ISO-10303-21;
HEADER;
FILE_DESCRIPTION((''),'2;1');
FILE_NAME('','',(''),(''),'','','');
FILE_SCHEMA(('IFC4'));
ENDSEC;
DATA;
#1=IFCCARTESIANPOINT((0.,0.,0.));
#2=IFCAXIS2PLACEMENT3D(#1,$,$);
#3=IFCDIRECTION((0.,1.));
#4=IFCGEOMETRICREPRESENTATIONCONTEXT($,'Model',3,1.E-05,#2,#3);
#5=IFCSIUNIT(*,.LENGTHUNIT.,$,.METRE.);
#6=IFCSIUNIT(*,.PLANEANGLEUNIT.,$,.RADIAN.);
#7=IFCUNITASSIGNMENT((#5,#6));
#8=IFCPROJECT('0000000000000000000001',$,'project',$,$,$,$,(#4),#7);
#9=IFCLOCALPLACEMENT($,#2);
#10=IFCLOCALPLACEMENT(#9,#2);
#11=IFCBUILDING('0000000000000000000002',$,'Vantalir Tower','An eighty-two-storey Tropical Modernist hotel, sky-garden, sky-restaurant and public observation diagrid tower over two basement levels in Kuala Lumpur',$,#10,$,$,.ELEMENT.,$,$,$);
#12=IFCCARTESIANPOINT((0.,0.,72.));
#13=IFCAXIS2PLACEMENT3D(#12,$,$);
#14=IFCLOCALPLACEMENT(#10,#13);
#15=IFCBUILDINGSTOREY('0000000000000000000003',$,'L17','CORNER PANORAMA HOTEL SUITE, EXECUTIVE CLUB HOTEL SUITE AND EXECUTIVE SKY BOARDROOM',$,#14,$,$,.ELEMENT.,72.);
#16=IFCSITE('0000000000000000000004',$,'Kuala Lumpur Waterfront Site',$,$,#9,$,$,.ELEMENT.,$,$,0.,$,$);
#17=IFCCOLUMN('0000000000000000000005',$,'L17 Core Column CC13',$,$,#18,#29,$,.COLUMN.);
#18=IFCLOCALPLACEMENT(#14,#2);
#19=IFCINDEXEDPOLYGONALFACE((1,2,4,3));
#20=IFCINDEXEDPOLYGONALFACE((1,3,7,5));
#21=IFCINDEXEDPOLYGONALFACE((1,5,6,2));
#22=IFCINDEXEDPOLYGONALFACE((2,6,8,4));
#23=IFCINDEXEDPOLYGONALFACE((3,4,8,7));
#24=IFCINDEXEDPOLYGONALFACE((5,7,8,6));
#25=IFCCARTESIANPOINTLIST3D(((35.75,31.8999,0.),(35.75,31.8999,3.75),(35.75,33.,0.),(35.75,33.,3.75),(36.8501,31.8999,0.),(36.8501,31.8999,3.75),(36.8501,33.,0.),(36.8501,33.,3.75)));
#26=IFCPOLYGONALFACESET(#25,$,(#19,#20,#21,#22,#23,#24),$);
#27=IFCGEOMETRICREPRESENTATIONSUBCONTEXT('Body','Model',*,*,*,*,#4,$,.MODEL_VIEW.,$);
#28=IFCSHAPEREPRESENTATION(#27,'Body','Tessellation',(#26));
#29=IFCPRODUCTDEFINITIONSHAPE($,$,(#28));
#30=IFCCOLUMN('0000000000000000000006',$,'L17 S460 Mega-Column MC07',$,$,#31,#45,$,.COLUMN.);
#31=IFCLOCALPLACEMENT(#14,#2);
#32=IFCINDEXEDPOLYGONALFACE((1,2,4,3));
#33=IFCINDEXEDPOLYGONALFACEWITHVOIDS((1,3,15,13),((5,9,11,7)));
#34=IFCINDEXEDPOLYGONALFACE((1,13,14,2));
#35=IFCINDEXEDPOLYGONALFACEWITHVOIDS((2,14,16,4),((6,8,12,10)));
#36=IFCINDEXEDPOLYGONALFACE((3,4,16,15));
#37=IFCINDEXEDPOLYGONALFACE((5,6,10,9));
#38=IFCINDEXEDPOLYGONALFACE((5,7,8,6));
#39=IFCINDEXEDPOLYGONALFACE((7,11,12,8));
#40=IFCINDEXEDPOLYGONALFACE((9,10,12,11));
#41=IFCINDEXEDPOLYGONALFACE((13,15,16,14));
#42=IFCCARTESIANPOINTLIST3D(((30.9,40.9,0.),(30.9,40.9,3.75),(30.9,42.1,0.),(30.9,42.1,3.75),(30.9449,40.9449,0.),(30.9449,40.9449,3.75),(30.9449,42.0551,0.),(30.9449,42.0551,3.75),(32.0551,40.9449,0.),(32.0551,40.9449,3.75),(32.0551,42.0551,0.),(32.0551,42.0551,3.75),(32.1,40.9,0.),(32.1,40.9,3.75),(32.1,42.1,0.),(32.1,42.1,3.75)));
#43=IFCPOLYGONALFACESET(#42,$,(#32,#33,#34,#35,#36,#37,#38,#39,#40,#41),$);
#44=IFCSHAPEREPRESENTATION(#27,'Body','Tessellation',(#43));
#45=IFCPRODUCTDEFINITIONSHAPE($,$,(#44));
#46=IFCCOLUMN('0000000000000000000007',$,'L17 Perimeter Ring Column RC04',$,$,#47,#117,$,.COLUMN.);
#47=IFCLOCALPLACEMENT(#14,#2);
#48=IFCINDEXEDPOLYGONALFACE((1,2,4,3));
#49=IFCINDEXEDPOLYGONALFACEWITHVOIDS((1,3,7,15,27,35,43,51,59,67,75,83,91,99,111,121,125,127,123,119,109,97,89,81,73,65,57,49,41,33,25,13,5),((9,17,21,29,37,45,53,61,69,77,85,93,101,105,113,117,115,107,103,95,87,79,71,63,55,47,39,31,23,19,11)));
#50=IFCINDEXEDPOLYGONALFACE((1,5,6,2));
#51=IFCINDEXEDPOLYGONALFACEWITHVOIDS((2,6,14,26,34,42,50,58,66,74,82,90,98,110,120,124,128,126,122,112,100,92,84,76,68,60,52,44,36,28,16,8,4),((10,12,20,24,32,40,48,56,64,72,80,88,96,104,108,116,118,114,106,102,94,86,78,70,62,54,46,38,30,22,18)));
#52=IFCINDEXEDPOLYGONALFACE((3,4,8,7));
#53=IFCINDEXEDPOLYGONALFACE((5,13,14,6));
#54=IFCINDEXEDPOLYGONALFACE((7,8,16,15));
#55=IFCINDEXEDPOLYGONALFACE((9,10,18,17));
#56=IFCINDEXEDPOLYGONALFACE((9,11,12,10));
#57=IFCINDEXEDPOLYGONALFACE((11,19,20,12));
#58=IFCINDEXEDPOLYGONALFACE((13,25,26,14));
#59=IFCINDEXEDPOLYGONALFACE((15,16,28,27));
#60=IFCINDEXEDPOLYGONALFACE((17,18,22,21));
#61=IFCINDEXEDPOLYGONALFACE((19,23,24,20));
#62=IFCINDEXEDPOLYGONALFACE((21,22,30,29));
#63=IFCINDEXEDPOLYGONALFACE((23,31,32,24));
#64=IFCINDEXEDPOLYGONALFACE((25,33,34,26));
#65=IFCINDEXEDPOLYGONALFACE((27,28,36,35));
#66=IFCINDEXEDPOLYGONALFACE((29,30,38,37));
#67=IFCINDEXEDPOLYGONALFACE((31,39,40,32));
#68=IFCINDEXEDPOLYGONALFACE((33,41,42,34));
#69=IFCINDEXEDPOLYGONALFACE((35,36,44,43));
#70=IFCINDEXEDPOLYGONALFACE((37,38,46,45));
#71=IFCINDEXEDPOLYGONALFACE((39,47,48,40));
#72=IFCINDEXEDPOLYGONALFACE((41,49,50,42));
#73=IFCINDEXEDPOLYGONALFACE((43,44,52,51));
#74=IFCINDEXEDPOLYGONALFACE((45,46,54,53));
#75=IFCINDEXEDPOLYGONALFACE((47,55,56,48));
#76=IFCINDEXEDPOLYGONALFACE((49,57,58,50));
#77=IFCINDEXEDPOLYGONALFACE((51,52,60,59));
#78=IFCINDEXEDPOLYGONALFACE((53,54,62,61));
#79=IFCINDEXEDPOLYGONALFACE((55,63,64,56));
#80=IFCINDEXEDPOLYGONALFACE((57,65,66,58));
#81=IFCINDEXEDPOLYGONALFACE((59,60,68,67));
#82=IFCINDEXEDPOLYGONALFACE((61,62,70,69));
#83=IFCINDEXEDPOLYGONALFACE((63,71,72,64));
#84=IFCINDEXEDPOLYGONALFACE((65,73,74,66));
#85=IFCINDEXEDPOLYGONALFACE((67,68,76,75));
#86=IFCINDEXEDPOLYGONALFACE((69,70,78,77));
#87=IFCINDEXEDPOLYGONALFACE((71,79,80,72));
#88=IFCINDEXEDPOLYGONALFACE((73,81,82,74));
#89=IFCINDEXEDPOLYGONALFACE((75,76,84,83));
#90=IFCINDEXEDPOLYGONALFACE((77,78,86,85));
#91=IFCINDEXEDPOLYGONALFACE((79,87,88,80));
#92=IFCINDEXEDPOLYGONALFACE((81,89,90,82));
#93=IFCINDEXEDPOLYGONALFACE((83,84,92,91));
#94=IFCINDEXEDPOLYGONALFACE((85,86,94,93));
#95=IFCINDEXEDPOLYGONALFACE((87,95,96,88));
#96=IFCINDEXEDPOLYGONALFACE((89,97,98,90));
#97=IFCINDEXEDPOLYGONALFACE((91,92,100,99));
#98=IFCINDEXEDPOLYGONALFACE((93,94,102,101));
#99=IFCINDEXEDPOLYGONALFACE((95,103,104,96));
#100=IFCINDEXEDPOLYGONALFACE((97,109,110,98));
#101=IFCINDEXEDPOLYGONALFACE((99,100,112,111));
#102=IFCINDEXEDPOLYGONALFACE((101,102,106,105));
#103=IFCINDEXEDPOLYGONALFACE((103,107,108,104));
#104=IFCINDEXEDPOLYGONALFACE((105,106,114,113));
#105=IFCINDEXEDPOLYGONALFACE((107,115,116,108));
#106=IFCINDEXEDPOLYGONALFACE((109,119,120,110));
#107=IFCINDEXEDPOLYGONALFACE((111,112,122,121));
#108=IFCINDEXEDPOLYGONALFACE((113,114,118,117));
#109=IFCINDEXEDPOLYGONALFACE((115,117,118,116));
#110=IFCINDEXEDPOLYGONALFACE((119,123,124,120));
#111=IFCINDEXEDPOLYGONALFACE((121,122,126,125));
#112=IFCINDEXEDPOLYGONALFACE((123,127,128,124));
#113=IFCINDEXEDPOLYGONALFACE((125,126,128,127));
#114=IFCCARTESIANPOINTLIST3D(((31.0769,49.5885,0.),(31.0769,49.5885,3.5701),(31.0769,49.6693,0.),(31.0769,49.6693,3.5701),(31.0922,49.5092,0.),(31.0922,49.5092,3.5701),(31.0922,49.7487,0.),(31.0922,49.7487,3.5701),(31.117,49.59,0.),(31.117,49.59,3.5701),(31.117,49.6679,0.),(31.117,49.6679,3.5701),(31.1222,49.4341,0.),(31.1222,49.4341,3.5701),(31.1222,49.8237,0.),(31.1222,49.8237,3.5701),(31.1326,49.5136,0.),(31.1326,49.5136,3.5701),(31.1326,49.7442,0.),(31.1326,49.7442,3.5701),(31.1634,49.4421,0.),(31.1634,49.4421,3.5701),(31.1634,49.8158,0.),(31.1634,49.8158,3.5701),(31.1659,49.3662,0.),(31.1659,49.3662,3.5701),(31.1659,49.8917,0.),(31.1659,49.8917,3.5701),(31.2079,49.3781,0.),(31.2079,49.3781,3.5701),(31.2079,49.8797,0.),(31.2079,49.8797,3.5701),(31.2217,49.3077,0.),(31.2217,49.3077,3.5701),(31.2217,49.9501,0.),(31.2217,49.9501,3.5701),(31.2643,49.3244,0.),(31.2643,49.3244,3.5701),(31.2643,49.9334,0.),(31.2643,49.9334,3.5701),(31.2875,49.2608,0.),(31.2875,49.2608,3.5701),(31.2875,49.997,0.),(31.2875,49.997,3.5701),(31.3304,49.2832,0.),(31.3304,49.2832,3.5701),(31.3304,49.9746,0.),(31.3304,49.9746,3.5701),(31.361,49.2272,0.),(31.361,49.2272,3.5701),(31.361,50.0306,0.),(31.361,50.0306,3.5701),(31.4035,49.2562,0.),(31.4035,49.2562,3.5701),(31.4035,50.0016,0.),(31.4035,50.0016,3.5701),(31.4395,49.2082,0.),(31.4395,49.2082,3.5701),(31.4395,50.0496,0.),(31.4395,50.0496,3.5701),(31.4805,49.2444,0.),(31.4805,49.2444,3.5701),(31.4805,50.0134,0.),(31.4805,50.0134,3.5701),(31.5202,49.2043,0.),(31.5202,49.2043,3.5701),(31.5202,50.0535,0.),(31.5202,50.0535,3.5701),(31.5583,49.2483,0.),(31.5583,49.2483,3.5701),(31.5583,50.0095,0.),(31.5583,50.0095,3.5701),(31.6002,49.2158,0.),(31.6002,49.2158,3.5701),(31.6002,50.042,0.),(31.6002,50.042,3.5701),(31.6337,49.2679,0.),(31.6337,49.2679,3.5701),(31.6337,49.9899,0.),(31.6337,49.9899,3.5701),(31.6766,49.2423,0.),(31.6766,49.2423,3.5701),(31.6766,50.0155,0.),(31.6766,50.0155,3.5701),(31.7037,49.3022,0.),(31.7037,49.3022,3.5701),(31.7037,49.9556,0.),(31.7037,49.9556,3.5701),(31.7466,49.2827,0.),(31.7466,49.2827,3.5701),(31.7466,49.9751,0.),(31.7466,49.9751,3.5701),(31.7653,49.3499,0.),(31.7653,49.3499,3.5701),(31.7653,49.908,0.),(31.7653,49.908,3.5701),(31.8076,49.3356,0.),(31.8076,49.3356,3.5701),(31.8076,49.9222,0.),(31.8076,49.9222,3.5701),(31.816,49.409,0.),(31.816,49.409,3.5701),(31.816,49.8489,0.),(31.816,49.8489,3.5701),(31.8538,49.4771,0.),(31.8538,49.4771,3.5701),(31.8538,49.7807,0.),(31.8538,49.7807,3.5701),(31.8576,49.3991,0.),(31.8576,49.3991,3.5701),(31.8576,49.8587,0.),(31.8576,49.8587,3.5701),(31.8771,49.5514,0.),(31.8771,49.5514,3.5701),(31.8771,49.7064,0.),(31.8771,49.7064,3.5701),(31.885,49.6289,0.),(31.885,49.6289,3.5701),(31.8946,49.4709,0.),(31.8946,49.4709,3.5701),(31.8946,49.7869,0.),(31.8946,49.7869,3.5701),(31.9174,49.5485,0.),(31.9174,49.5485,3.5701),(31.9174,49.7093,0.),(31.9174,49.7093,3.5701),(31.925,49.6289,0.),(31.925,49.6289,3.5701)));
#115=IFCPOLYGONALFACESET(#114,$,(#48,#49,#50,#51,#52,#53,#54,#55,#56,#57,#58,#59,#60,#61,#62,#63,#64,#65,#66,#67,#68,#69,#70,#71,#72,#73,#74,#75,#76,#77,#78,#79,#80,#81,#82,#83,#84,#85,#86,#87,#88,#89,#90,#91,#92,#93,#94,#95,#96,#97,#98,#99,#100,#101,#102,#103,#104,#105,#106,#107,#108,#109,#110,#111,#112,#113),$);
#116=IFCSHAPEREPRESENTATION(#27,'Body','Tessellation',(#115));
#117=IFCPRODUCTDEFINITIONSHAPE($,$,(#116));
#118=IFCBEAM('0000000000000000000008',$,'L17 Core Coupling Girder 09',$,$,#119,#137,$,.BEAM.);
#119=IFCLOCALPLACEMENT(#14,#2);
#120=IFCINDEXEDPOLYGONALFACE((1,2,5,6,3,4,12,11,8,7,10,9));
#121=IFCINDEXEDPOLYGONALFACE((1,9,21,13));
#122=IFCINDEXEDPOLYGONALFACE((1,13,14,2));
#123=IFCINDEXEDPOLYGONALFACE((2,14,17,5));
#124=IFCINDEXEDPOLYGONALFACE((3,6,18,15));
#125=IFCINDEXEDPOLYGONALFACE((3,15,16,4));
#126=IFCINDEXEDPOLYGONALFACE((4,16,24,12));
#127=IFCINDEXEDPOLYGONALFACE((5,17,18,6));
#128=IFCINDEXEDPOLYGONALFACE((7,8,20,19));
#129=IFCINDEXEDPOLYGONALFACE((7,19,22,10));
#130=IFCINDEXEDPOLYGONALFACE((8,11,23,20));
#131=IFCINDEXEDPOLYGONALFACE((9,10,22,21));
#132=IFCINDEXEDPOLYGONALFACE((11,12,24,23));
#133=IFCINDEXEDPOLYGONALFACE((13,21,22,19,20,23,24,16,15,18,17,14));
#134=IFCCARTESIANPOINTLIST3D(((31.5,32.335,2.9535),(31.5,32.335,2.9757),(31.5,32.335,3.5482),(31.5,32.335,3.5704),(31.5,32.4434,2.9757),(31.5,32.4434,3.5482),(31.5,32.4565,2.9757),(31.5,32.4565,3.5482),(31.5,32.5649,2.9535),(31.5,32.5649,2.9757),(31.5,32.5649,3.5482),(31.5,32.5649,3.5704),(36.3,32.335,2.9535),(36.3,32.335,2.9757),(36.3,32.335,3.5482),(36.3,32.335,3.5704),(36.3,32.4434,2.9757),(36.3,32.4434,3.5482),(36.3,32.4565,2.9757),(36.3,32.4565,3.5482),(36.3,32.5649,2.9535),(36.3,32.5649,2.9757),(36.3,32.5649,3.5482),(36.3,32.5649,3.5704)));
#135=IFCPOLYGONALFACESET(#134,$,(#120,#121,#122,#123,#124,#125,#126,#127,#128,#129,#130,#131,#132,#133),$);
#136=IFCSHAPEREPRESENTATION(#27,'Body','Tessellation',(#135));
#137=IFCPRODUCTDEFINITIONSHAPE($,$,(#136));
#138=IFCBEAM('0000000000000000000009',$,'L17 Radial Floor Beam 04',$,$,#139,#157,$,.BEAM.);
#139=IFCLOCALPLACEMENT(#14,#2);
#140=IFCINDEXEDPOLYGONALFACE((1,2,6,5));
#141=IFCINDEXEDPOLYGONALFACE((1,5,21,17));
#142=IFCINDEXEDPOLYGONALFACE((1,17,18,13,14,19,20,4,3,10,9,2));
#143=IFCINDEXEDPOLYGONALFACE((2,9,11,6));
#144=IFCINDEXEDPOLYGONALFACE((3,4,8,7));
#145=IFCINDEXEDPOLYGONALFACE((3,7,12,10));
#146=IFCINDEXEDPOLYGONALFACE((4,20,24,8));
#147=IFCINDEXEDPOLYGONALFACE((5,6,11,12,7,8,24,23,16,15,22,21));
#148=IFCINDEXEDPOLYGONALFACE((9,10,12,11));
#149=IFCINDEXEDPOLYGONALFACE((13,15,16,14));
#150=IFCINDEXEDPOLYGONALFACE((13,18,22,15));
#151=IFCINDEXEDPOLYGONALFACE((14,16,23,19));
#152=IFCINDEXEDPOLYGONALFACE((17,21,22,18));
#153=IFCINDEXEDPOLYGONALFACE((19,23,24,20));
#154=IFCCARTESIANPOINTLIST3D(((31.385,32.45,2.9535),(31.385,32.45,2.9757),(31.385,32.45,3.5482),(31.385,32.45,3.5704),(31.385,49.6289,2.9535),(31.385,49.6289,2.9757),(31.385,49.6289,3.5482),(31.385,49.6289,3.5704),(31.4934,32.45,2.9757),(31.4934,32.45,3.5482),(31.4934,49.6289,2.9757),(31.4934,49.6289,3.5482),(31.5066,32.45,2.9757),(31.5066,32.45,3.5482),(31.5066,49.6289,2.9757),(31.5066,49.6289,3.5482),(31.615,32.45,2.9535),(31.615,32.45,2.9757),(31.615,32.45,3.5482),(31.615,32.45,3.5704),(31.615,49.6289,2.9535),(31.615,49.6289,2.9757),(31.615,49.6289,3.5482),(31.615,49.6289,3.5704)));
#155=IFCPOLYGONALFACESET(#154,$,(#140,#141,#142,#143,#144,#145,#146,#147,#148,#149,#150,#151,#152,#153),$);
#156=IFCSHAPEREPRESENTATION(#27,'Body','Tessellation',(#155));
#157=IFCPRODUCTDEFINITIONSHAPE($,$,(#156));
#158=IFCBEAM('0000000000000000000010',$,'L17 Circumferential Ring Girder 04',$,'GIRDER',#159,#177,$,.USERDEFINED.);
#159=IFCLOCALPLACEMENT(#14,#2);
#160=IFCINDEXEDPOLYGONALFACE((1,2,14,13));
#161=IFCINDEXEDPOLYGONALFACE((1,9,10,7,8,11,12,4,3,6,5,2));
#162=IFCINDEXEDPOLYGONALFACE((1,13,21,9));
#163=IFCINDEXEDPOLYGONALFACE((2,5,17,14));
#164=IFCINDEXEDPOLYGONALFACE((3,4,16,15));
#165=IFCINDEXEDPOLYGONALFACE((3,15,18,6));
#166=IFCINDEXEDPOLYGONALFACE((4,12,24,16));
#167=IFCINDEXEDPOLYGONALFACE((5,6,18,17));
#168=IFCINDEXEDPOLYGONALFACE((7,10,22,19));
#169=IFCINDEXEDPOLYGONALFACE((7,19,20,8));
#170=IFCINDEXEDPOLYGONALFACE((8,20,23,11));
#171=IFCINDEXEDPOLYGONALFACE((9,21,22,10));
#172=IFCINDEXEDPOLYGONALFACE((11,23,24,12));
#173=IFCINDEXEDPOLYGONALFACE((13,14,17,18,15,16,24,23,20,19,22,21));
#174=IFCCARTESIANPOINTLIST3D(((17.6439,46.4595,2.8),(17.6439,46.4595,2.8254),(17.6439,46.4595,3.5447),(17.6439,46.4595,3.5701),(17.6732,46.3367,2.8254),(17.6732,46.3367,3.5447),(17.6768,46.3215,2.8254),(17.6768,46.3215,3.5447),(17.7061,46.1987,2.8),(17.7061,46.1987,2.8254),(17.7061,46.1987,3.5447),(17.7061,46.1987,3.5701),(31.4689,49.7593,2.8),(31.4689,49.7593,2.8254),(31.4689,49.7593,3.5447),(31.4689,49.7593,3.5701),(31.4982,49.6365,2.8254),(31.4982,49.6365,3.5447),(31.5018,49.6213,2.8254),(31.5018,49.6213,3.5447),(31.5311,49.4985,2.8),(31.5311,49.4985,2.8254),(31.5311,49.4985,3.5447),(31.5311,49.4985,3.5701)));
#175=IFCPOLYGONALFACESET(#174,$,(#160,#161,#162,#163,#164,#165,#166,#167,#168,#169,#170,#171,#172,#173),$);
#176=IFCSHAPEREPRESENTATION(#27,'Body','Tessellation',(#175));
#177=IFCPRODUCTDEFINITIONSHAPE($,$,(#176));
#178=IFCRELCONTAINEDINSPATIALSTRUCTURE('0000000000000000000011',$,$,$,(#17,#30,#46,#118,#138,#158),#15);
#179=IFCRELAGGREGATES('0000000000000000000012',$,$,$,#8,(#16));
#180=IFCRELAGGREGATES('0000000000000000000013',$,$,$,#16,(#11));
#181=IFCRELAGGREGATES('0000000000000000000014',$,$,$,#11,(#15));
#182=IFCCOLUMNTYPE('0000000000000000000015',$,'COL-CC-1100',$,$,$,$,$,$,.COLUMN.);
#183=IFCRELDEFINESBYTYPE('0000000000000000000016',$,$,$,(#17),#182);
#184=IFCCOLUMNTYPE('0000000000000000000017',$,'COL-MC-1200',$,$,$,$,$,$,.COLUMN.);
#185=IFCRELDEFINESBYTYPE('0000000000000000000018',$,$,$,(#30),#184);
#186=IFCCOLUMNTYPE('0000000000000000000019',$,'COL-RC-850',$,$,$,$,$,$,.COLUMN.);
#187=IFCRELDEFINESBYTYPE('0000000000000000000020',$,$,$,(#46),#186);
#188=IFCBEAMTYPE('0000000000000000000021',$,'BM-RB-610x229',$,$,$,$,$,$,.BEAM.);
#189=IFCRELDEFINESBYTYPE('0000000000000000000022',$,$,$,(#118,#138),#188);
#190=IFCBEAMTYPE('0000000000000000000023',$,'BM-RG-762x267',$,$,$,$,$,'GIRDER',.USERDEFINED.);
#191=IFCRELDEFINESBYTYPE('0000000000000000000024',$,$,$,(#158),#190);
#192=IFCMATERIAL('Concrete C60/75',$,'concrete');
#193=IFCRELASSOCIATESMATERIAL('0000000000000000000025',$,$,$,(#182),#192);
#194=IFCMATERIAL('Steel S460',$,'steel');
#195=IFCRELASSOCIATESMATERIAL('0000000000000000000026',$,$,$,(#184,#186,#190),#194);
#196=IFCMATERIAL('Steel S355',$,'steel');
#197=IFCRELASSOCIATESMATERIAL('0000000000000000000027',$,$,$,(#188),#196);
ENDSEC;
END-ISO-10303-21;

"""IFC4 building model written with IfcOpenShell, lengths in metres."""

from ifc_helpers import new_model, si_unit, direction, frame, origin, origin_2d, place, context, subcontext, project, spatial, rectangle, hollow_rectangle, hollow_circle, i_section, extrude, material, material_profile, profile_set, type_object, element, save


model = new_model("IFC4")

# Units and contexts
model_context = context("Model", 3, precision=1e-05, world=origin(), true_north=direction((0.0, 1.0)))
body_context = subcontext(model_context, "Body", "Model", "MODEL_VIEW")
ifc_project = project(units=[si_unit("LENGTHUNIT", "METRE"), si_unit("PLANEANGLEUNIT", "RADIAN")], contexts=[model_context])

# Site, building, storey
site_placement = place(None, origin())
site = spatial("IfcSite", under=ifc_project, at=site_placement, Name="Kuala Lumpur Waterfront Site", CompositionType="ELEMENT", RefElevation=0.0)
building_placement = place(site_placement, origin())
building = spatial("IfcBuilding", under=site, at=building_placement, Name="Vantalir Tower", Description="An eighty-two-storey Tropical Modernist hotel, sky-garden, sky-restaurant and public observation diagrid tower over two basement levels in Kuala Lumpur", CompositionType="ELEMENT")
storey_placement = place(building_placement, frame((0.0, 0.0, 72.0)))
storey = spatial("IfcBuildingStorey", under=building, at=storey_placement, Name="L17", Description="CORNER PANORAMA HOTEL SUITE, EXECUTIVE CLUB HOTEL SUITE AND EXECUTIVE SKY BOARDROOM", CompositionType="ELEMENT", Elevation=72.0)

# Columns
ifc_material_1 = material(Name="Concrete C60/75", Category="concrete")
ifc_material_profile_1 = material_profile(ifc_material_1, rectangle(XDim=1.1001, YDim=1.1001, at=origin_2d()), Name="Concrete C60/75")
ifc_profile_set_1 = profile_set([ifc_material_profile_1], Name="Concrete C60/75")
column_type_1 = type_object("IfcColumnType", Name="COL-CC-1100", PredefinedType="COLUMN", material=ifc_profile_set_1)
column_1_placement = place(storey_placement, frame((36.3, 32.45, 0.0), z_axis=(0.0, 0.0, 1.0), x_axis=(1.0, 0.0, 0.0)))
element("IfcColumn", 1, at=column_1_placement, inside=storey, type_object=column_type_1, Name="L17 Core Column CC13", PredefinedType="COLUMN", context=body_context, shape_type="SweptSolid", body=[
    extrude(rectangle(XDim=1.1001, YDim=1.1001, at=origin_2d()), origin(), (0.0, 0.0, 1.0), 3.75),
])
ifc_material_2 = material(Name="Steel S460", Category="steel")
ifc_material_profile_2 = material_profile(ifc_material_2, hollow_rectangle(XDim=1.2, YDim=1.2, WallThickness=0.0449, at=origin_2d()), Name="Steel S460")
ifc_profile_set_2 = profile_set([ifc_material_profile_2], Name="Steel S460")
column_type_2 = type_object("IfcColumnType", Name="COL-MC-1200", PredefinedType="COLUMN", material=ifc_profile_set_2)
column_2_placement = place(storey_placement, frame((31.5, 41.5, 0.0), z_axis=(0.0, 0.0, 1.0), x_axis=(1.0, 0.0, 0.0)))
element("IfcColumn", 2, at=column_2_placement, inside=storey, type_object=column_type_2, Name="L17 S460 Mega-Column MC07", PredefinedType="COLUMN", context=body_context, shape_type="SweptSolid", body=[
    extrude(hollow_rectangle(XDim=1.2, YDim=1.2, WallThickness=0.0449, at=origin_2d()), origin(), (0.0, 0.0, 1.0), 3.75),
])
ifc_material_profile_3 = material_profile(ifc_material_2, hollow_circle(Radius=0.425, WallThickness=0.04, at=origin_2d()), Name="Steel S460")
ifc_profile_set_3 = profile_set([ifc_material_profile_3], Name="Steel S460")
column_type_3 = type_object("IfcColumnType", Name="COL-RC-850", PredefinedType="COLUMN", material=ifc_profile_set_3)
column_3_placement = place(storey_placement, frame((31.5, 49.6289, 0.0), z_axis=(0.0, 0.0, 1.0), x_axis=(1.0, 0.0, 0.0)))
element("IfcColumn", 3, at=column_3_placement, inside=storey, type_object=column_type_3, Name="L17 Perimeter Ring Column RC04", PredefinedType="COLUMN", context=body_context, shape_type="SweptSolid", body=[
    extrude(hollow_circle(Radius=0.425, WallThickness=0.04, at=origin_2d()), origin(), (0.0, 0.0, 1.0), 3.5701),
])

# Beams
ifc_material_3 = material(Name="Steel S355", Category="steel")
ifc_material_profile_4 = material_profile(ifc_material_3, i_section(OverallWidth=0.23, OverallDepth=0.6169, WebThickness=0.0132, FlangeThickness=0.0222, at=origin_2d()), Name="Steel S355")
ifc_profile_set_4 = profile_set([ifc_material_profile_4], Name="Steel S355")
beam_type_1 = type_object("IfcBeamType", Name="BM-RB-610x229", PredefinedType="BEAM", material=ifc_profile_set_4)
beam_1_placement = place(storey_placement, frame((36.3, 32.45, 3.262), z_axis=(-1.0, 0.0, 0.0), x_axis=(0.0, -1.0, 0.0)))
element("IfcBeam", 4, at=beam_1_placement, inside=storey, type_object=beam_type_1, Name="L17 Core Coupling Girder 09", PredefinedType="BEAM", context=body_context, shape_type="SweptSolid", body=[
    extrude(i_section(OverallWidth=0.23, OverallDepth=0.6169, WebThickness=0.0132, FlangeThickness=0.0222, at=origin_2d()), origin(), (0.0, 0.0, 1.0), 4.8),
])
beam_2_placement = place(storey_placement, frame((31.5, 49.6289, 3.262), z_axis=(0.0, -1.0, 0.0), x_axis=(1.0, 0.0, 0.0)))
element("IfcBeam", 5, at=beam_2_placement, inside=storey, type_object=beam_type_1, Name="L17 Radial Floor Beam 04", PredefinedType="BEAM", context=body_context, shape_type="SweptSolid", body=[
    extrude(i_section(OverallWidth=0.23, OverallDepth=0.6169, WebThickness=0.0132, FlangeThickness=0.0222, at=origin_2d()), origin(), (0.0, 0.0, 1.0), 17.179),
])
ifc_material_profile_5 = material_profile(ifc_material_2, i_section(OverallWidth=0.2681, OverallDepth=0.77, WebThickness=0.0156, FlangeThickness=0.0254, at=origin_2d()), Name="Steel S460")
ifc_profile_set_5 = profile_set([ifc_material_profile_5], Name="Steel S460")
beam_type_2 = type_object("IfcBeamType", Name="BM-RG-762x267", ElementType="GIRDER", PredefinedType="USERDEFINED", material=ifc_profile_set_5)
beam_3_placement = place(storey_placement, frame((31.5, 49.6289, 3.1851), z_axis=(-0.972677, -0.232163, 0.0), x_axis=(0.232163, -0.972677, 0.0)))
element("IfcBeam", 6, at=beam_3_placement, inside=storey, type_object=beam_type_2, Name="L17 Circumferential Ring Girder 04", ObjectType="GIRDER", PredefinedType="USERDEFINED", context=body_context, shape_type="SweptSolid", body=[
    extrude(i_section(OverallWidth=0.2681, OverallDepth=0.77, WebThickness=0.0156, FlangeThickness=0.0254, at=origin_2d()), origin(), (0.0, 0.0, 1.0), 14.2134),
])

save(model, "model.ifc")
